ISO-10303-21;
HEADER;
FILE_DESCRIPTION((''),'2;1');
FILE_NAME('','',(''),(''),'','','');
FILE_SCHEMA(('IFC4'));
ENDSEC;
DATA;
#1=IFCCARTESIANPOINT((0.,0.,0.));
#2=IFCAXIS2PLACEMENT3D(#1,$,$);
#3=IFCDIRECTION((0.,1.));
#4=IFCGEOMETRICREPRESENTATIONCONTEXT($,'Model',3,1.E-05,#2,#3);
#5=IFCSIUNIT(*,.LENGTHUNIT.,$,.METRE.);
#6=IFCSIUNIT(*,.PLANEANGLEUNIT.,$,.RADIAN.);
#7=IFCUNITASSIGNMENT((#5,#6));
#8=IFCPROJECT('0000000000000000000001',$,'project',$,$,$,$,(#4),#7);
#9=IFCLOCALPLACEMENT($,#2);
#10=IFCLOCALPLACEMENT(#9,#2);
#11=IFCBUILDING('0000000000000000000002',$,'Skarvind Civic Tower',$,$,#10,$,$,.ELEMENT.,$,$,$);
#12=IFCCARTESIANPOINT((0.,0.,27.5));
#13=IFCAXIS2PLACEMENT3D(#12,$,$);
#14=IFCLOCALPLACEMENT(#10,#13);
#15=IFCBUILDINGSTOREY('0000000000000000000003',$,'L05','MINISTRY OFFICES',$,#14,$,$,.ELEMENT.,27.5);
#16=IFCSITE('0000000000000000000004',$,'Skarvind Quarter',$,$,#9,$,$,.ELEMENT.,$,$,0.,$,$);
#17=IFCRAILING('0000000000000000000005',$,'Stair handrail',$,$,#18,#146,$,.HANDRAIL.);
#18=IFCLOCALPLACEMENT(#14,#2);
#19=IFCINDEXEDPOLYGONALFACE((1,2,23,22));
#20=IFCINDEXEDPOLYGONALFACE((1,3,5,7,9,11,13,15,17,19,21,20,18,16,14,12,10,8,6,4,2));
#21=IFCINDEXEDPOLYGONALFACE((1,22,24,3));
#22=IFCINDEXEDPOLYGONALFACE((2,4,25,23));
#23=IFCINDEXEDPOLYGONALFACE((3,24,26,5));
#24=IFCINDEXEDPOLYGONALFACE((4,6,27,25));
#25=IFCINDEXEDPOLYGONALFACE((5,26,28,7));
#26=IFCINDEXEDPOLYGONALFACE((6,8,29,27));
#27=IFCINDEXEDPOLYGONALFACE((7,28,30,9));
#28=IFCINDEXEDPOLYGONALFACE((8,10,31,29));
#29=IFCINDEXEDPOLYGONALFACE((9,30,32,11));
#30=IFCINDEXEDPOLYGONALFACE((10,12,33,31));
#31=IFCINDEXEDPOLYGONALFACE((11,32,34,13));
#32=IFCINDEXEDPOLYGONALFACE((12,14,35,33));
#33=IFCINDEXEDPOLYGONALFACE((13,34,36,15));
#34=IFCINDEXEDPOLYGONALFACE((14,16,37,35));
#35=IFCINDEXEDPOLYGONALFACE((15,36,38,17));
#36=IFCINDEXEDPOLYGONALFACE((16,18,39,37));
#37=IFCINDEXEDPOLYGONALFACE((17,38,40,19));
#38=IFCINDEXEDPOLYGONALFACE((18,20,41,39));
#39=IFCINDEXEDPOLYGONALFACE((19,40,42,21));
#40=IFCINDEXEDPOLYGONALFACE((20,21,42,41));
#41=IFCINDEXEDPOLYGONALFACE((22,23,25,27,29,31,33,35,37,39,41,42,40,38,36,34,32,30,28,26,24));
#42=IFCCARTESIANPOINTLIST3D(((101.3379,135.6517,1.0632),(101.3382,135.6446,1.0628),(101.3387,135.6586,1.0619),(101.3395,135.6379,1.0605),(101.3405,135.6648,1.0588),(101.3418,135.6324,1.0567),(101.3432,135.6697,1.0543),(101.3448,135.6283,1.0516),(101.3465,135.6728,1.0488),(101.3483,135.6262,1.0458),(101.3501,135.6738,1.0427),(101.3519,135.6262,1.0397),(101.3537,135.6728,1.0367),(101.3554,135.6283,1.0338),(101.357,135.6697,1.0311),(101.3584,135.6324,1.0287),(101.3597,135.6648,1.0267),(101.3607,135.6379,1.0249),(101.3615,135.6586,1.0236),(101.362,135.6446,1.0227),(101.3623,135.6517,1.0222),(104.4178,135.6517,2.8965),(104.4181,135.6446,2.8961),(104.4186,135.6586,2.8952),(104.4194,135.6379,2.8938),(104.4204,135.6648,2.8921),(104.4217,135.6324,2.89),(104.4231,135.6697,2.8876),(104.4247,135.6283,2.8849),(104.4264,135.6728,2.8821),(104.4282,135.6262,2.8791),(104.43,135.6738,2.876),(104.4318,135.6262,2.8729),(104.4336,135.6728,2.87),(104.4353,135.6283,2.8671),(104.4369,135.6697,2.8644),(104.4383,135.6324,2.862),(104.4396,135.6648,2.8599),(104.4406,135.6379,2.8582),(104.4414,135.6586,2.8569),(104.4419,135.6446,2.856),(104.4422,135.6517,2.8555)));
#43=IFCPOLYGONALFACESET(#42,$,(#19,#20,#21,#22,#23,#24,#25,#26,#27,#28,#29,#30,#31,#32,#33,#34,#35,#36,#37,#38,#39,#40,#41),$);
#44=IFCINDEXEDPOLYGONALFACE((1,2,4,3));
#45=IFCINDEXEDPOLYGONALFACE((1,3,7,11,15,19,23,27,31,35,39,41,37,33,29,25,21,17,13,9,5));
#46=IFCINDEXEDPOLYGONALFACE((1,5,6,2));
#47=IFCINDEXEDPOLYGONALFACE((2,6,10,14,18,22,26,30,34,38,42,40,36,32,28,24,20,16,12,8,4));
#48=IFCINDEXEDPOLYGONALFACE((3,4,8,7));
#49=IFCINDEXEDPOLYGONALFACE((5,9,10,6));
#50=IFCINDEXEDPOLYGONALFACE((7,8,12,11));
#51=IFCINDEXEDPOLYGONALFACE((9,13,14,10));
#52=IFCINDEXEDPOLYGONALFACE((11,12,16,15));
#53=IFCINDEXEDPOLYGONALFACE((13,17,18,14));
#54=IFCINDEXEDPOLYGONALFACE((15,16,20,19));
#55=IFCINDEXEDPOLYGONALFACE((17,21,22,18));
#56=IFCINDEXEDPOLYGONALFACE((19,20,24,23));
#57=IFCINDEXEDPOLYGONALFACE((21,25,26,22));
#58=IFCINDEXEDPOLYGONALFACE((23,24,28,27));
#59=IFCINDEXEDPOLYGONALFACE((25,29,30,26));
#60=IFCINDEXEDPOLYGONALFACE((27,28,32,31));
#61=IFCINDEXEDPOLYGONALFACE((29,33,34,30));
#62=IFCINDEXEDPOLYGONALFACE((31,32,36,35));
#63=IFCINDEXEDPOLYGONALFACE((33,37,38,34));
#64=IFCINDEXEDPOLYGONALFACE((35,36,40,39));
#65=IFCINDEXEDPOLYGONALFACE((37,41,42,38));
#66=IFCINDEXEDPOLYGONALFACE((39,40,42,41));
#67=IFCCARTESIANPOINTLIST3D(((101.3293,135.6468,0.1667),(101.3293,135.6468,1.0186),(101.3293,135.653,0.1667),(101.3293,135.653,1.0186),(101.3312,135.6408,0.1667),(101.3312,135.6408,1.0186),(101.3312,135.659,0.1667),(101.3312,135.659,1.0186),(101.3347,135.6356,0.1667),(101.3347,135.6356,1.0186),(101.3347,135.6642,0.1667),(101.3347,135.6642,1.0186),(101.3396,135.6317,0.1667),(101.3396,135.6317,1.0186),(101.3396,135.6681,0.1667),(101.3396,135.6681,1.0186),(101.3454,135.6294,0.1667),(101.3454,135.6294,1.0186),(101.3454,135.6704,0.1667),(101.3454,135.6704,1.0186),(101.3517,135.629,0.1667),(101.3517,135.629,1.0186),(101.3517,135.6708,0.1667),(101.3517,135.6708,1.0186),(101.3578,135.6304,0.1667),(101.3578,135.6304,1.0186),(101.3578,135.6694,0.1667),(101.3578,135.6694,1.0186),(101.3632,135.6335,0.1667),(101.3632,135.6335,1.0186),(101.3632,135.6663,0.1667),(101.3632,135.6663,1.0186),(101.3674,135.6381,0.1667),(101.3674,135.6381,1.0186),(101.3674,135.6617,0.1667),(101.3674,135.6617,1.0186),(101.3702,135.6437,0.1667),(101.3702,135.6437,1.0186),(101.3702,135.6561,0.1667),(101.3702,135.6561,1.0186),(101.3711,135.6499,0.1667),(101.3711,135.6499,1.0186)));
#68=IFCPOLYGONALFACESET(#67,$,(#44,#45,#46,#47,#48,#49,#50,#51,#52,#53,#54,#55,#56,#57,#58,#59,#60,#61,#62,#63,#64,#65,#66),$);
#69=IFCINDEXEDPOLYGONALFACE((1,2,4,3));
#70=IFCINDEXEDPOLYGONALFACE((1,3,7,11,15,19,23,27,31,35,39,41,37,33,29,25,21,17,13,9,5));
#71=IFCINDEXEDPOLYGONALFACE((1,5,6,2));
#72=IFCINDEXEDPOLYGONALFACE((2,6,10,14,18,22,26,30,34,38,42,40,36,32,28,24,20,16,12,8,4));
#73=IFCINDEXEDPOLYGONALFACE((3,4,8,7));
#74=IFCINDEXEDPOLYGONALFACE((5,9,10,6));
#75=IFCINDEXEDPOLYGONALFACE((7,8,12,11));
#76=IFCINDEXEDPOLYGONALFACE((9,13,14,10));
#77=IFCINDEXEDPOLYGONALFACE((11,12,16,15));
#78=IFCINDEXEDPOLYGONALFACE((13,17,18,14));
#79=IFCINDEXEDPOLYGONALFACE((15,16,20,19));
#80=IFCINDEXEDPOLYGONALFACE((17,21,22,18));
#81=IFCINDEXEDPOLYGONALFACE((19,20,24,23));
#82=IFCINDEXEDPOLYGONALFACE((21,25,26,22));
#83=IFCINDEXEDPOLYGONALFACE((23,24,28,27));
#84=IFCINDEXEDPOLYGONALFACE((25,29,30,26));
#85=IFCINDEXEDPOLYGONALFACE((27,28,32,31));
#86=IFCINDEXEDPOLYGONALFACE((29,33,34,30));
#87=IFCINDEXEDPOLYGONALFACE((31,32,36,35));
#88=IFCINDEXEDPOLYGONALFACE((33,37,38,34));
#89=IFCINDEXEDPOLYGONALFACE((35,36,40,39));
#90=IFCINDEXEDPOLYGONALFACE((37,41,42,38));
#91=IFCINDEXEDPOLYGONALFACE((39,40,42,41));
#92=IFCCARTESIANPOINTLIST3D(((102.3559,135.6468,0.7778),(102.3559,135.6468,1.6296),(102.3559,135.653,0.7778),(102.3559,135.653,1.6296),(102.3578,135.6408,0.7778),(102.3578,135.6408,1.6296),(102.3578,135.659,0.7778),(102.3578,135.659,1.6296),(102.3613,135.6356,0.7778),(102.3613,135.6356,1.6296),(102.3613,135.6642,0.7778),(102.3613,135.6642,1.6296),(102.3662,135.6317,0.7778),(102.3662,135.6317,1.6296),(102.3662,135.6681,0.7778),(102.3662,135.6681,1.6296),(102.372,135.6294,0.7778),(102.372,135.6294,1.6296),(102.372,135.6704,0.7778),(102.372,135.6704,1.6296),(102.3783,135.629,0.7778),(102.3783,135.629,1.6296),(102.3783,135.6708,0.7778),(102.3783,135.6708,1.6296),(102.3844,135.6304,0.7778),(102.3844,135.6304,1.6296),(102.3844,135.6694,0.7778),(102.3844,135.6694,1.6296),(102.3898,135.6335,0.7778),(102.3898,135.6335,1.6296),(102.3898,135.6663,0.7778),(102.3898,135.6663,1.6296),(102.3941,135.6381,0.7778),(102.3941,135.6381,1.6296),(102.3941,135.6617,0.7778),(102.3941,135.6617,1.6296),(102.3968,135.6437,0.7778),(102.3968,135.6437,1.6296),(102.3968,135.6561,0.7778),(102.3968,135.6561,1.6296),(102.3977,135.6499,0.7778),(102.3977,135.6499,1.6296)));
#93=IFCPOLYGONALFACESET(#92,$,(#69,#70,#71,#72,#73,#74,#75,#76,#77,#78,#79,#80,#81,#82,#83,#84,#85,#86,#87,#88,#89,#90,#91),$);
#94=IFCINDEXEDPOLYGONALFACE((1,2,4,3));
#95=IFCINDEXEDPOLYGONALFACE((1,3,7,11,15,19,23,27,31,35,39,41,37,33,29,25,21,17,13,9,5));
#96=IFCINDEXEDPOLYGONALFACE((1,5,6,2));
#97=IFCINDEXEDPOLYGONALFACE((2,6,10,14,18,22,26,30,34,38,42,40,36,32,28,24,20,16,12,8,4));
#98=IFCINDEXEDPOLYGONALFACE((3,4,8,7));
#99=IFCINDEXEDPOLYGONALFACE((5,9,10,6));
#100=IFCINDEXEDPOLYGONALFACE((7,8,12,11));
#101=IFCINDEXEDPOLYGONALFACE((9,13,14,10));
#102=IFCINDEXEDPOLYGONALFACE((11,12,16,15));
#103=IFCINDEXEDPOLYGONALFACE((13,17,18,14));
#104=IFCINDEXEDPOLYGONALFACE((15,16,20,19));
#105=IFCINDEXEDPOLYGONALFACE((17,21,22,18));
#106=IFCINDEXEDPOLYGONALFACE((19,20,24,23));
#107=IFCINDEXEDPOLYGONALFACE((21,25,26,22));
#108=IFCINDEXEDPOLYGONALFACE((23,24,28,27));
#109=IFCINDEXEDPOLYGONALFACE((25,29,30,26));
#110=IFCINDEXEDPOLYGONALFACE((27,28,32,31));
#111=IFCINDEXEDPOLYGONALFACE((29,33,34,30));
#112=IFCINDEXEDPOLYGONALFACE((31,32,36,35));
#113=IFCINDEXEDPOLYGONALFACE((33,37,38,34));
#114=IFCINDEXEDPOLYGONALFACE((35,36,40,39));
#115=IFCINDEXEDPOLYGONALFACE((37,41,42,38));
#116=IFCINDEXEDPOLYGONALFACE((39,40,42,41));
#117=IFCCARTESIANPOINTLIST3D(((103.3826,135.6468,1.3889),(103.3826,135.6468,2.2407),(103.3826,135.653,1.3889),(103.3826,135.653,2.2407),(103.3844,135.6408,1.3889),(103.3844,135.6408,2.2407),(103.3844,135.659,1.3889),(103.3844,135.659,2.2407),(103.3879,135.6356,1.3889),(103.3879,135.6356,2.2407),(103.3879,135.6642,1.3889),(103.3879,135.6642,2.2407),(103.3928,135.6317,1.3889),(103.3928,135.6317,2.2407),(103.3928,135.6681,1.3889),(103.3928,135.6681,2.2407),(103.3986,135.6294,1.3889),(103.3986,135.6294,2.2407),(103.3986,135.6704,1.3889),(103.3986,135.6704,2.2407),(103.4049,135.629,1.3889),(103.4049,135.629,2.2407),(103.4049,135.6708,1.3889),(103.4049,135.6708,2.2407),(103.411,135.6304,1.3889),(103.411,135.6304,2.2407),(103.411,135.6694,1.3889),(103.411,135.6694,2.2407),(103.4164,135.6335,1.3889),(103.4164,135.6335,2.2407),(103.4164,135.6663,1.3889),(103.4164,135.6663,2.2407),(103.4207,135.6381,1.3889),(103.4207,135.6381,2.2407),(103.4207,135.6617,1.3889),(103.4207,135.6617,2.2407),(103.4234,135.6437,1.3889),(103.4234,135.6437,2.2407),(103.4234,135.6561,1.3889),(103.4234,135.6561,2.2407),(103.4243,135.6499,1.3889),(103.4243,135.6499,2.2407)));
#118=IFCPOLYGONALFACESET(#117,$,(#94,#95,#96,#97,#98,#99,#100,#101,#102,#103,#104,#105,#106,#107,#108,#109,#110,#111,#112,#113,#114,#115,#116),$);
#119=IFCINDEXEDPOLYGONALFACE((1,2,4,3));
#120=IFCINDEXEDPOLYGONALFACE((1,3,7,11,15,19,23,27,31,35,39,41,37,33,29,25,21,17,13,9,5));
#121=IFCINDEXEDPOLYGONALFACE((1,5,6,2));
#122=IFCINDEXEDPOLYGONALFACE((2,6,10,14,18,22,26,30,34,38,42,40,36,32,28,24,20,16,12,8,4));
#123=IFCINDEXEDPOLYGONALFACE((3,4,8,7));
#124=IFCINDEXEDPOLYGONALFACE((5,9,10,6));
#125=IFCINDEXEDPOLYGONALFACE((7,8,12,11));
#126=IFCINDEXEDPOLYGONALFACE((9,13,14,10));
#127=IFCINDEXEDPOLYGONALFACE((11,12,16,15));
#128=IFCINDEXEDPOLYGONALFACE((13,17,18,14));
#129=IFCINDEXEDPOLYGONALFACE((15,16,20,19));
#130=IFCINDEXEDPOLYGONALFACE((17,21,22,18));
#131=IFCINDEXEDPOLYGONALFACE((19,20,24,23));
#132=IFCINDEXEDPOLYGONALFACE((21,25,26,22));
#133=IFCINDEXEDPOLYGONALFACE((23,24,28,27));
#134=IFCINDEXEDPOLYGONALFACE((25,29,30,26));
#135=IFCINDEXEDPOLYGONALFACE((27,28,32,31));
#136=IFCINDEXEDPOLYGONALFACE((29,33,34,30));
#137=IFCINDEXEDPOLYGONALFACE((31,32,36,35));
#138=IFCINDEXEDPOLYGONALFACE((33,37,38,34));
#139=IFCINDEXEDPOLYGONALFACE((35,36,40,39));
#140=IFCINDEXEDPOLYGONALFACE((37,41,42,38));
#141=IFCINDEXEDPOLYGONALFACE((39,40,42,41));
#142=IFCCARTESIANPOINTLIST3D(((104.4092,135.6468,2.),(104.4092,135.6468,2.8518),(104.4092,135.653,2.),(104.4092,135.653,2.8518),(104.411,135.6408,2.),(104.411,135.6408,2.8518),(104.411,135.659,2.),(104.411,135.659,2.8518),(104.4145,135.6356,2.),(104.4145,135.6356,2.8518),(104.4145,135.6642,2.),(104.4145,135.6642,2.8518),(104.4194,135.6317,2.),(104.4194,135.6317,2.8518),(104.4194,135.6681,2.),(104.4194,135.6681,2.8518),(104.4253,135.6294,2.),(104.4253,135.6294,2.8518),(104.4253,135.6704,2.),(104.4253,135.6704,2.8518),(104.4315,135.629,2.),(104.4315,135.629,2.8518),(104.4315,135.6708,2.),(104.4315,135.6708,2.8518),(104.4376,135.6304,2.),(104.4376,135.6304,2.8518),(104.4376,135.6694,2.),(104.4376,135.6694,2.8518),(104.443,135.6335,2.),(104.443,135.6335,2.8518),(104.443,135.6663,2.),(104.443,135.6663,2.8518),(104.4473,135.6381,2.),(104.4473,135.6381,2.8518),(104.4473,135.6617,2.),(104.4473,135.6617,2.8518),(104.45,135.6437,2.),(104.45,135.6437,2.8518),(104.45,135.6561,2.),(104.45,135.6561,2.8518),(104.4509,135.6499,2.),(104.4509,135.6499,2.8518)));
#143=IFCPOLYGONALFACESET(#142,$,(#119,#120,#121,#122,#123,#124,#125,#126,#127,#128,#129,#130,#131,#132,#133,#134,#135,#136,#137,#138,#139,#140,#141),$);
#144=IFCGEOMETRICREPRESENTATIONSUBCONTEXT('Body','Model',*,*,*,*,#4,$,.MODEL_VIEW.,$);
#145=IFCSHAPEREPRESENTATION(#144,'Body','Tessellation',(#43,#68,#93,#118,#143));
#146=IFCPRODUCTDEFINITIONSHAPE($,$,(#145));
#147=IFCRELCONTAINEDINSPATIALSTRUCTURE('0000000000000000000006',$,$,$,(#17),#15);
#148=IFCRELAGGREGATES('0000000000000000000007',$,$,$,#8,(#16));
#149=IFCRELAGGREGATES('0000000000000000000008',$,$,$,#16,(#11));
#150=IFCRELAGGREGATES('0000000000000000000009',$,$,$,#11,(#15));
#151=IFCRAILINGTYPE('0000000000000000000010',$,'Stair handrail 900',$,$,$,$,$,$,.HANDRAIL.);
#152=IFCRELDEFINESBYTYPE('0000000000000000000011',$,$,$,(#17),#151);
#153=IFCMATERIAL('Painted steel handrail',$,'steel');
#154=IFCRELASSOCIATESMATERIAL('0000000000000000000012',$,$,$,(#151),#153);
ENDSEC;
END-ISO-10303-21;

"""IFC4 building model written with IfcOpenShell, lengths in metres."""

from ifc_helpers import new_model, si_unit, direction, frame, origin, origin_2d, place, context, subcontext, project, spatial, circle, extrude, material, type_object, element, save


model = new_model("IFC4")

# Units and contexts
model_context = context("Model", 3, precision=1e-05, world=origin(), true_north=direction((0.0, 1.0)))
body_context = subcontext(model_context, "Body", "Model", "MODEL_VIEW")
ifc_project = project(units=[si_unit("LENGTHUNIT", "METRE"), si_unit("PLANEANGLEUNIT", "RADIAN")], contexts=[model_context])

# Site, building, storey
site_placement = place(None, origin())
site = spatial("IfcSite", under=ifc_project, at=site_placement, Name="Skarvind Quarter", CompositionType="ELEMENT", RefElevation=0.0)
building_placement = place(site_placement, origin())
building = spatial("IfcBuilding", under=site, at=building_placement, Name="Skarvind Civic Tower", CompositionType="ELEMENT")
storey_placement = place(building_placement, frame((0.0, 0.0, 27.5)))
storey = spatial("IfcBuildingStorey", under=building, at=storey_placement, Name="L05", Description="MINISTRY OFFICES", CompositionType="ELEMENT", Elevation=27.5)

# Railing
ifc_material_1 = material(Name="Painted steel handrail", Category="steel")
railing_type_1 = type_object("IfcRailingType", Name="Stair handrail 900", PredefinedType="HANDRAIL", material=ifc_material_1)
railing_1_placement = place(storey_placement, frame((101.3501, 135.6499, 0.1667)))
element("IfcRailing", 1, at=railing_1_placement, inside=storey, type_object=railing_type_1, Name="Stair handrail", PredefinedType="HANDRAIL", context=body_context, shape_type="SweptSolid", body=[
    extrude(circle(Radius=0.0239, at=origin_2d()), frame((0.0, 0.0, 0.876), z_axis=(0.859291, 0.0, 0.511487), x_axis=(0.0, 1.0, 0.0)), (0.0, 0.0, 1.0), 3.5842),
    extrude(circle(Radius=0.021, at=origin_2d()), origin(), (0.0, 0.0, 1.0), 0.8518),
    extrude(circle(Radius=0.021, at=origin_2d()), frame((1.0266, 0.0, 0.6111)), (0.0, 0.0, 1.0), 0.8518),
    extrude(circle(Radius=0.021, at=origin_2d()), frame((2.0532, 0.0, 1.2222)), (0.0, 0.0, 1.0), 0.8518),
    extrude(circle(Radius=0.021, at=origin_2d()), frame((3.0798, 0.0, 1.8333)), (0.0, 0.0, 1.0), 0.8518),
])

save(model, "model.ifc")
